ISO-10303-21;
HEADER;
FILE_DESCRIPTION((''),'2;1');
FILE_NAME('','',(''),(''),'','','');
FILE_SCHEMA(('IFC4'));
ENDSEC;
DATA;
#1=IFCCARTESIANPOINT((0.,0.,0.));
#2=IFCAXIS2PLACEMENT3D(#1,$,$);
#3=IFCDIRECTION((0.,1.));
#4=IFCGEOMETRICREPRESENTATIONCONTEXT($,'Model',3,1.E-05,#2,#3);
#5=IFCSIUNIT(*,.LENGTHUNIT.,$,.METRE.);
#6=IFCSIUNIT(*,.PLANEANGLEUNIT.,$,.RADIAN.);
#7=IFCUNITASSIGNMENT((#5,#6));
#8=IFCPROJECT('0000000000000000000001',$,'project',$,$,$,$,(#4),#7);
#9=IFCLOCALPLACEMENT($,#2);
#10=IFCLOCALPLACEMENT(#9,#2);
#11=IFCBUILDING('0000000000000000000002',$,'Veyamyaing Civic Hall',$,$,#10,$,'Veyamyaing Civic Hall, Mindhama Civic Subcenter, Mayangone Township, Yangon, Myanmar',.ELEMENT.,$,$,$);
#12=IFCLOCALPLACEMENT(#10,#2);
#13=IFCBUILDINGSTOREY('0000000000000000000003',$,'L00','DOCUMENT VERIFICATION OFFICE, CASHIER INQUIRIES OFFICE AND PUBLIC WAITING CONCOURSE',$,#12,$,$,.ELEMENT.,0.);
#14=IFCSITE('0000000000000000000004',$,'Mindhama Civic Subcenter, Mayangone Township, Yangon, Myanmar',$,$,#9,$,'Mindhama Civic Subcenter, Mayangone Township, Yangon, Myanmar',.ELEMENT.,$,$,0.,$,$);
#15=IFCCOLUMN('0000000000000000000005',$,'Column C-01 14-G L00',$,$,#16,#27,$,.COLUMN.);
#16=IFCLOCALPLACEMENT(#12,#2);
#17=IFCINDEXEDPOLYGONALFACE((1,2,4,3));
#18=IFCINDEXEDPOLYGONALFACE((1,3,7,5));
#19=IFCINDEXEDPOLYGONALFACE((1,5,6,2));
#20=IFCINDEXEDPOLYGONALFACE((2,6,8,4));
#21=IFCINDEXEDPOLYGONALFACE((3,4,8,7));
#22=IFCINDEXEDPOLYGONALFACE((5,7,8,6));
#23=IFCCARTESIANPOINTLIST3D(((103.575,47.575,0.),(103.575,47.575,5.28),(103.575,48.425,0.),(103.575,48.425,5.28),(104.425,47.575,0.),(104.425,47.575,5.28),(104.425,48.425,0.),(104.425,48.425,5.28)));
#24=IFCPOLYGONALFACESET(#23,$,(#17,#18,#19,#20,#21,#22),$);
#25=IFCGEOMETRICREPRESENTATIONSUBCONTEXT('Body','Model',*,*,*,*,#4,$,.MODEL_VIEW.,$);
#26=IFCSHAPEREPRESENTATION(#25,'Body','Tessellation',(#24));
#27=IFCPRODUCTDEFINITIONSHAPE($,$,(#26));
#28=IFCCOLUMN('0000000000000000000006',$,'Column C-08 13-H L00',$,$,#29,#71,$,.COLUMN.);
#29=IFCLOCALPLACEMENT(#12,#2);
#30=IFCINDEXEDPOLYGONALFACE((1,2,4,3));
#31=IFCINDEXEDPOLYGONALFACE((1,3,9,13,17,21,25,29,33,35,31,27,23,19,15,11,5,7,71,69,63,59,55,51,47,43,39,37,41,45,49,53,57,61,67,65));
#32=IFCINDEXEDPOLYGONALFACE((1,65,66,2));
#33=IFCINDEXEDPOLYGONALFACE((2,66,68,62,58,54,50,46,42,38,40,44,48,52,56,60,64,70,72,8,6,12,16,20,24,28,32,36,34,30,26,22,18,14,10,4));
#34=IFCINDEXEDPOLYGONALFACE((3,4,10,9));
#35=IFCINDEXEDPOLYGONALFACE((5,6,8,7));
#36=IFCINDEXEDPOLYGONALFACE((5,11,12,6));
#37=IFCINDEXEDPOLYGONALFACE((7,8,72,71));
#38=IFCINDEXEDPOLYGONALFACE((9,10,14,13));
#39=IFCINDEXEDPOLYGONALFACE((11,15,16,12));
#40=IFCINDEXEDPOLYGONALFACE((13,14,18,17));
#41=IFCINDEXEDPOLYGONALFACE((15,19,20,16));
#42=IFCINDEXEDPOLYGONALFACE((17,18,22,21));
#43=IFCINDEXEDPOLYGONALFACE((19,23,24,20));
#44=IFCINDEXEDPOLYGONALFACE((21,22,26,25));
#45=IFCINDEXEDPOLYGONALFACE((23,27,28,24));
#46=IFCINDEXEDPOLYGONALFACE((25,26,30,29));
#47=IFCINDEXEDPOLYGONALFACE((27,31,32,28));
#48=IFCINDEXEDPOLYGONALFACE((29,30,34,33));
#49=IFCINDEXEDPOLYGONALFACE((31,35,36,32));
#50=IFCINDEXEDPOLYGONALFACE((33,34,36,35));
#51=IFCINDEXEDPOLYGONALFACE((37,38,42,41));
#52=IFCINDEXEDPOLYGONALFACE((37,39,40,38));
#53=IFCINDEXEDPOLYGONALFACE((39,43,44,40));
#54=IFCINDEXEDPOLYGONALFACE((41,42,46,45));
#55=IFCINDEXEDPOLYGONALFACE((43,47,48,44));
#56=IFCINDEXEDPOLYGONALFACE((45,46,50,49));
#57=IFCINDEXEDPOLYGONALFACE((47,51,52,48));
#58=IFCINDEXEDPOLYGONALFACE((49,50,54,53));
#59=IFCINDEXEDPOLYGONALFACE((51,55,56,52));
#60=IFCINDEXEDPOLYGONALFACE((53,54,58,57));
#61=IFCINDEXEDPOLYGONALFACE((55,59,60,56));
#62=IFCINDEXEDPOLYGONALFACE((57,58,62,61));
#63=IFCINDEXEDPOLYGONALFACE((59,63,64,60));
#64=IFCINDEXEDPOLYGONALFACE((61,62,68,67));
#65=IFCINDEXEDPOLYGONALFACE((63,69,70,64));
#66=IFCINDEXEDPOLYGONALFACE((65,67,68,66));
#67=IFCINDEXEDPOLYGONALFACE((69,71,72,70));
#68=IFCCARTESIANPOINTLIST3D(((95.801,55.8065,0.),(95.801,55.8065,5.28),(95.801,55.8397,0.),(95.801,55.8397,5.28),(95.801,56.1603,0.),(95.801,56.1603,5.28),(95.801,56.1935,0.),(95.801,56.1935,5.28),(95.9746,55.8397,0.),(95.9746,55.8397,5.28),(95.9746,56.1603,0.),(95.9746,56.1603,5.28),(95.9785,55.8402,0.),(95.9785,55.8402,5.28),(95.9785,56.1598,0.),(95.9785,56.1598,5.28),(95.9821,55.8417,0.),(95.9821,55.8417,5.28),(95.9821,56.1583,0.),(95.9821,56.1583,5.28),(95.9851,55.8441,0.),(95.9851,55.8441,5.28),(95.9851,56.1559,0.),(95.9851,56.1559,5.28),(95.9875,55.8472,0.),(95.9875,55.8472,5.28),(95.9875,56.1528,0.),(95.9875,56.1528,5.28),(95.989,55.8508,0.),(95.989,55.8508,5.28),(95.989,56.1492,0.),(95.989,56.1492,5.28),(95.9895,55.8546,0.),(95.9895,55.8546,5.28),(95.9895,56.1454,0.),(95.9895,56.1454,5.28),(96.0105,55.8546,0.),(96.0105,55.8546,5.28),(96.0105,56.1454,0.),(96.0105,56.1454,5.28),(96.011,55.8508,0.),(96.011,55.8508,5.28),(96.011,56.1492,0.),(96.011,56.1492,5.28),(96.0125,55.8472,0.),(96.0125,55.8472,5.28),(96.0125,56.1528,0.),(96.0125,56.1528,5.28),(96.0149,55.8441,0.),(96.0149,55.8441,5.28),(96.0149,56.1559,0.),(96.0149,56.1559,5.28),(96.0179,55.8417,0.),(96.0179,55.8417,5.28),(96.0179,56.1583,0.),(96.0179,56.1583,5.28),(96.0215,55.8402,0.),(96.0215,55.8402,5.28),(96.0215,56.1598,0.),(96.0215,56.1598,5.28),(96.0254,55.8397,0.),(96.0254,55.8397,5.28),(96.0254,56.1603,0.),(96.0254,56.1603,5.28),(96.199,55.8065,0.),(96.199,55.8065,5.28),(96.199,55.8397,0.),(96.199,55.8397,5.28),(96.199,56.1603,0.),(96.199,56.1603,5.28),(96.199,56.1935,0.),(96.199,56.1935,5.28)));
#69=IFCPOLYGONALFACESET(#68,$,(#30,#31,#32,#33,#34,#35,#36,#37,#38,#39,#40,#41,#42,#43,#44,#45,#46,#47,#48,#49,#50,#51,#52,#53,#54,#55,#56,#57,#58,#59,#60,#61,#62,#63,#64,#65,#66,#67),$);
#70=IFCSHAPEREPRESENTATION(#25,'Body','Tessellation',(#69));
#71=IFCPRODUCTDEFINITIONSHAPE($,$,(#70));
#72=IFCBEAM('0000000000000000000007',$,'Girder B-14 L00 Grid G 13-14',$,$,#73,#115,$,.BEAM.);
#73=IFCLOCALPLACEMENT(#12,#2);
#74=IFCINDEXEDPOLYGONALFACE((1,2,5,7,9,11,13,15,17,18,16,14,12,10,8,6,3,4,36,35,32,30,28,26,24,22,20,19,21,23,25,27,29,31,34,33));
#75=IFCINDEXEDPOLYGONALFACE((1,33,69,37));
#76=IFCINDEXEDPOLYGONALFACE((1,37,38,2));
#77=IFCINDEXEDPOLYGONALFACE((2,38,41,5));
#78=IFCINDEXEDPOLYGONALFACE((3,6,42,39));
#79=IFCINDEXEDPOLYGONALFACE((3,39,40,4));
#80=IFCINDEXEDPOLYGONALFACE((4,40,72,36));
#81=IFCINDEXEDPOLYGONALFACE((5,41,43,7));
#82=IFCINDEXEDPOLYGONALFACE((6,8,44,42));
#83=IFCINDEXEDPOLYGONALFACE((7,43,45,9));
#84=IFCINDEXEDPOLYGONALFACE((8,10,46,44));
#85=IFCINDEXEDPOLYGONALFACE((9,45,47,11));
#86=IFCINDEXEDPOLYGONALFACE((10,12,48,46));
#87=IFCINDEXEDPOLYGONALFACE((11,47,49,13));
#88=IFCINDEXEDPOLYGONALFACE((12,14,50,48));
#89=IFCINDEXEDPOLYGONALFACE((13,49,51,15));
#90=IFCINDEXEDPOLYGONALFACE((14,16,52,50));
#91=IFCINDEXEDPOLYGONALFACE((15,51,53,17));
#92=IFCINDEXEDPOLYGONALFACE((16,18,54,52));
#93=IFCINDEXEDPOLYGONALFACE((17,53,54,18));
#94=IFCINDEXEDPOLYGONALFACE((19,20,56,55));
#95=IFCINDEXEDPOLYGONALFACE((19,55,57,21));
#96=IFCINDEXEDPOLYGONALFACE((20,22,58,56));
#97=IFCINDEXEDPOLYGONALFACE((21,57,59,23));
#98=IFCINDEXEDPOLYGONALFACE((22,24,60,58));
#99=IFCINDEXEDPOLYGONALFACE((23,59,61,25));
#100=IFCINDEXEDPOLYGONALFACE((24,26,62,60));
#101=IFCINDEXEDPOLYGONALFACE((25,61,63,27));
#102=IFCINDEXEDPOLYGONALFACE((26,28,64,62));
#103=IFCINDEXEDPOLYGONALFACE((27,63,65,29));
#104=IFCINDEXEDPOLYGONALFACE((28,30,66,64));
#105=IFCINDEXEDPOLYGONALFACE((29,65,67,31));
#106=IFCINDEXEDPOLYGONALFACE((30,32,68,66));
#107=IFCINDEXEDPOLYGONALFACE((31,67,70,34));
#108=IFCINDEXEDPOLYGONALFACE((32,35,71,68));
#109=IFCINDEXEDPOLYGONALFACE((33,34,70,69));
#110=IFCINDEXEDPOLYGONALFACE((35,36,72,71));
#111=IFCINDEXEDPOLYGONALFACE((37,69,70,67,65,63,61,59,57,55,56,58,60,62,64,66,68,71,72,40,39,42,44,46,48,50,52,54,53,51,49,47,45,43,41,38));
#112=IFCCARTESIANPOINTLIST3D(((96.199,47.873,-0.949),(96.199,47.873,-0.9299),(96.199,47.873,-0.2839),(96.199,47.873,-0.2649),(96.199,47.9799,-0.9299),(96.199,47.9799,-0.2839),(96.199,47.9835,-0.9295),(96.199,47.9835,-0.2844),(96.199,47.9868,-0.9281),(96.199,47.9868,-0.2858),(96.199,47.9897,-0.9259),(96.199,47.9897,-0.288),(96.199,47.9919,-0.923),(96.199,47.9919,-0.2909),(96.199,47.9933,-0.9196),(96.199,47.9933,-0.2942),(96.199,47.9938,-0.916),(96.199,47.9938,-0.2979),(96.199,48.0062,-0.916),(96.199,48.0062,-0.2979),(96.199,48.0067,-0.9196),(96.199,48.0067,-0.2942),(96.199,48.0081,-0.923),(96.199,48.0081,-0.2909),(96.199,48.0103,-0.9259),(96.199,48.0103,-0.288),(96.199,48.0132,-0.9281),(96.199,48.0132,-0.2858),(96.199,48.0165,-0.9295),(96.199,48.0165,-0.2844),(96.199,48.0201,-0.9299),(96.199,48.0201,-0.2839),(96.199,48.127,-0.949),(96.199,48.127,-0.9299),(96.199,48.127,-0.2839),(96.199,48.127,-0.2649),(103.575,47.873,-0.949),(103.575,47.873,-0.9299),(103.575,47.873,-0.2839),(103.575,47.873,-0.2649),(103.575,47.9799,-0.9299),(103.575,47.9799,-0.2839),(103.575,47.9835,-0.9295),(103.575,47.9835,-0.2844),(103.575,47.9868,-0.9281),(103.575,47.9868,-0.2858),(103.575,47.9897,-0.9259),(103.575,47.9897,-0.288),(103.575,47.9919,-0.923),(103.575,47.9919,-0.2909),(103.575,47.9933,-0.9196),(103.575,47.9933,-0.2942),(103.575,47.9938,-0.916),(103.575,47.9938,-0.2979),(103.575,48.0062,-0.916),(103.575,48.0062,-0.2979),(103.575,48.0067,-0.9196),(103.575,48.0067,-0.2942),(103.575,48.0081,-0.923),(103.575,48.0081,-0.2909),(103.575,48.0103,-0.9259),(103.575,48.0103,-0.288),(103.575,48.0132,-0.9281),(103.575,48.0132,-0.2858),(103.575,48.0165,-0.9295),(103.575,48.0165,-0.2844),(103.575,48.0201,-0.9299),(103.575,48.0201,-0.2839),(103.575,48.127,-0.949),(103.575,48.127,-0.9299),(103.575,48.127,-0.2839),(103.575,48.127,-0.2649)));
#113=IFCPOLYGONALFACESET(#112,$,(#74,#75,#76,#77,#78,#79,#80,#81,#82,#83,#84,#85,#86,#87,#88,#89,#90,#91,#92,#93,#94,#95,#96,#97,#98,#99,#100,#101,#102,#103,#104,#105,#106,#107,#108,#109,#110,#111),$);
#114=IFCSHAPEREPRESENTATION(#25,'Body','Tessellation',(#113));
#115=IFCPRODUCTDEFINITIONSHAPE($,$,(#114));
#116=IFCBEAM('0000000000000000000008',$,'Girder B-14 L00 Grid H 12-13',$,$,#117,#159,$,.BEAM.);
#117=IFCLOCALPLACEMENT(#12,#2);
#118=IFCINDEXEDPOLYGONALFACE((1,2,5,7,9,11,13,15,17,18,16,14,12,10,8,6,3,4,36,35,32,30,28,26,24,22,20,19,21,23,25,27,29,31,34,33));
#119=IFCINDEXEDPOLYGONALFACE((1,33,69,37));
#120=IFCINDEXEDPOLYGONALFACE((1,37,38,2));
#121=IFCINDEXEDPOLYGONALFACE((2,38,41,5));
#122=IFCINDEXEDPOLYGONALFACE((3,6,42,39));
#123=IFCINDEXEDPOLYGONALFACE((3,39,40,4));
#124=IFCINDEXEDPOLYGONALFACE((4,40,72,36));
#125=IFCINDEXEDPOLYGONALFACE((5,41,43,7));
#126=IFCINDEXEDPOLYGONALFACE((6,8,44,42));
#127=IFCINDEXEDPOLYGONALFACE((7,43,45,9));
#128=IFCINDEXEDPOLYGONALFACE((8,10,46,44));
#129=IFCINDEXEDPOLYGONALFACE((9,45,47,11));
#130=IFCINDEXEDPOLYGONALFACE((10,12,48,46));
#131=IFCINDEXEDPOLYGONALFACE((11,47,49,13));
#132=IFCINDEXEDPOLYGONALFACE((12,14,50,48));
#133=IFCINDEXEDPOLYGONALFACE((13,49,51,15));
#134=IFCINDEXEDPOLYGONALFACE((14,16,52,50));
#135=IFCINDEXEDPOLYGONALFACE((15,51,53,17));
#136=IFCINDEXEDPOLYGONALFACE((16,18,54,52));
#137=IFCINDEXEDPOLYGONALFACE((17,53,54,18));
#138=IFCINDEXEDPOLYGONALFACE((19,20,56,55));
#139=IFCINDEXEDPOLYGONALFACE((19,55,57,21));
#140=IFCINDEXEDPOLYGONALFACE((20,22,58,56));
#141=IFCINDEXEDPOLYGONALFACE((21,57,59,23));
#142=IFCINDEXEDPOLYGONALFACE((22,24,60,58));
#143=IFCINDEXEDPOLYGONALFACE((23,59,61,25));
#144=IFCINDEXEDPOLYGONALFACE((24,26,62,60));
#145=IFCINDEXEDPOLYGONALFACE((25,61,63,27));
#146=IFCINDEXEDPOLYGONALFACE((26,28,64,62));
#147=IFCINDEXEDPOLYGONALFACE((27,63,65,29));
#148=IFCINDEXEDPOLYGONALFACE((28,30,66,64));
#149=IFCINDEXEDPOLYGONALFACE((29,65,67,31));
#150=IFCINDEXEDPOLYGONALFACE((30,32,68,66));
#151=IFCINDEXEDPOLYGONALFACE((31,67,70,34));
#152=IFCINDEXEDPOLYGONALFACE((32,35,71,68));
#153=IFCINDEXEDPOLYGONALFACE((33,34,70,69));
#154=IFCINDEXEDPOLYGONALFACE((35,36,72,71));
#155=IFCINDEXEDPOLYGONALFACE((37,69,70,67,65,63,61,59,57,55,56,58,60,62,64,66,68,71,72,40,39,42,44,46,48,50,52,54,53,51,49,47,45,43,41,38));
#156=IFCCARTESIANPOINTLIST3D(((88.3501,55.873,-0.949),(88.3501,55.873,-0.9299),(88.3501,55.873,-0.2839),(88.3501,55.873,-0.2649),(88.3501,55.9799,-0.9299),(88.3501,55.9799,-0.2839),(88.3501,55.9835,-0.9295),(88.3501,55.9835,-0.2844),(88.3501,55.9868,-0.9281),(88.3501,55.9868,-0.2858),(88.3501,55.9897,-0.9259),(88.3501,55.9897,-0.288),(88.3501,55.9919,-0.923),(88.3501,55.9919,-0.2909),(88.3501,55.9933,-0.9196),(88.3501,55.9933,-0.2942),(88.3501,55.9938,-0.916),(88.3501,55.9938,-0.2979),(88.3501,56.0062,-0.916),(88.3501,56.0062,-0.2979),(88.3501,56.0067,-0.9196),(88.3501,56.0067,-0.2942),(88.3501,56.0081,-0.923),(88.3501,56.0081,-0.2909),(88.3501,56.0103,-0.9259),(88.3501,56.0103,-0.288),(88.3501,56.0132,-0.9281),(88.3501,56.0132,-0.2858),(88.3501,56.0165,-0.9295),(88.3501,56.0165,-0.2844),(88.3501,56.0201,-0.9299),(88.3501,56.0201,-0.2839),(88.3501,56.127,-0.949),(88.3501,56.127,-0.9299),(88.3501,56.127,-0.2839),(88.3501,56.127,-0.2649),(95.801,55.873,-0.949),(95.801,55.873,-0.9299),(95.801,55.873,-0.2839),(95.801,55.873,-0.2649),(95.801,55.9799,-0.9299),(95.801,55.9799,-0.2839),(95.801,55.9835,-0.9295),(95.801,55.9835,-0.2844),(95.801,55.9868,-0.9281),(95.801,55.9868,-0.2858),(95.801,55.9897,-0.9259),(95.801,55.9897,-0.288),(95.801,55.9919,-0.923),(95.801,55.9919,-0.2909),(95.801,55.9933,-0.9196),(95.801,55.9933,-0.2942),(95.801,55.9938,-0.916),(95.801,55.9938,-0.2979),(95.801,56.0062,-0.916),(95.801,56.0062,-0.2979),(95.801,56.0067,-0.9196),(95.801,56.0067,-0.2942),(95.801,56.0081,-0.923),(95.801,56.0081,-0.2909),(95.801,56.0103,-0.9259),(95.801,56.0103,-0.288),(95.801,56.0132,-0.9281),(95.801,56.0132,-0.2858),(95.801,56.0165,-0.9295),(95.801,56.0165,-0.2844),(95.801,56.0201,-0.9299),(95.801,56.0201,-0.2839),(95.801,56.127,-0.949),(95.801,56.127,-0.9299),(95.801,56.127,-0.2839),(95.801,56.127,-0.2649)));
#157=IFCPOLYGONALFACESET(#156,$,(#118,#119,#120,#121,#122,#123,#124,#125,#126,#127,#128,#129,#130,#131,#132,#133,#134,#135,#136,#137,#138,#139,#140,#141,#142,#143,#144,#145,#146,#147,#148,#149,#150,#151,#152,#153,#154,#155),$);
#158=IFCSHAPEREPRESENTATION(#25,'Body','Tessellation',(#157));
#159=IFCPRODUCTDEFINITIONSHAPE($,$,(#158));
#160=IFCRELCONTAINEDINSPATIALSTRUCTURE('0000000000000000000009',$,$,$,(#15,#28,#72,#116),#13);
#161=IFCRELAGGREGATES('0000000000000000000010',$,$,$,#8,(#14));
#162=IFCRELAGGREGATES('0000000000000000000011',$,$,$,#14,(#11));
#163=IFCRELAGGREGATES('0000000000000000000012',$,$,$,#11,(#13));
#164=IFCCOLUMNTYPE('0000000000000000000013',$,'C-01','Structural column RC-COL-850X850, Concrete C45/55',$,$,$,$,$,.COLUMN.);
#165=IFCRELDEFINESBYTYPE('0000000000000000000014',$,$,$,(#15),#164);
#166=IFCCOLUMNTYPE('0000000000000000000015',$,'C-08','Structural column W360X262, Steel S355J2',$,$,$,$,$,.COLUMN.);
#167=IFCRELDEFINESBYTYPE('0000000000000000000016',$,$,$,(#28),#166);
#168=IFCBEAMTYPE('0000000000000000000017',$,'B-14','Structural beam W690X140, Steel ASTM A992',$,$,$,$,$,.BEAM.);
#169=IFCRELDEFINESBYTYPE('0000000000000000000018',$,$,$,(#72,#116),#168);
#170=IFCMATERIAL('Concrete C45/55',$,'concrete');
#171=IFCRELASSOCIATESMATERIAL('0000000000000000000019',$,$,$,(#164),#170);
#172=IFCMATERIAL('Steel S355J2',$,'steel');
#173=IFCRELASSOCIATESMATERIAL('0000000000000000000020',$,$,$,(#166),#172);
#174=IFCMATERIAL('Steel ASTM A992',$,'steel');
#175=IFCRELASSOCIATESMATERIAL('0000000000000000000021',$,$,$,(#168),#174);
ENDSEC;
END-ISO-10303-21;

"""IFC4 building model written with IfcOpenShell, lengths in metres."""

from ifc_helpers import new_model, si_unit, direction, frame, origin, origin_2d, place, context, subcontext, project, spatial, rectangle, i_section, extrude, material, material_profile, profile_set, type_object, element, save


model = new_model("IFC4")

# Units and contexts
model_context = context("Model", 3, precision=1e-05, world=origin(), true_north=direction((0.0, 1.0)))
body_context = subcontext(model_context, "Body", "Model", "MODEL_VIEW")
ifc_project = project(units=[si_unit("LENGTHUNIT", "METRE"), si_unit("PLANEANGLEUNIT", "RADIAN")], contexts=[model_context])

# Site, building, storey
site_placement = place(None, origin())
site = spatial("IfcSite", under=ifc_project, at=site_placement, Name="Mindhama Civic Subcenter, Mayangone Township, Yangon, Myanmar", LongName="Mindhama Civic Subcenter, Mayangone Township, Yangon, Myanmar", CompositionType="ELEMENT", RefElevation=0.0)
building_placement = place(site_placement, origin())
building = spatial("IfcBuilding", under=site, at=building_placement, Name="Veyamyaing Civic Hall", LongName="Veyamyaing Civic Hall, Mindhama Civic Subcenter, Mayangone Township, Yangon, Myanmar", CompositionType="ELEMENT")
storey_placement = place(building_placement, origin())
storey = spatial("IfcBuildingStorey", under=building, at=storey_placement, Name="L00", Description="DOCUMENT VERIFICATION OFFICE, CASHIER INQUIRIES OFFICE AND PUBLIC WAITING CONCOURSE", CompositionType="ELEMENT", Elevation=0.0)

# Columns
ifc_material_1 = material(Name="Concrete C45/55", Category="concrete")
ifc_material_profile_1 = material_profile(ifc_material_1, rectangle(XDim=0.8501, YDim=0.8501, at=origin_2d()), Name="RC-COL-850X850")
ifc_profile_set_1 = profile_set([ifc_material_profile_1], Name="Concrete C45/55")
column_type_1 = type_object("IfcColumnType", Name="C-01", Description="Structural column RC-COL-850X850, Concrete C45/55", PredefinedType="COLUMN", material=ifc_profile_set_1)
column_1_placement = place(storey_placement, frame((104.0, 48.0, 0.0), z_axis=(0.0, 0.0, 1.0), x_axis=(1.0, 0.0, 0.0)))
element("IfcColumn", 1, at=column_1_placement, inside=storey, type_object=column_type_1, Name="Column C-01 14-G L00", PredefinedType="COLUMN", context=body_context, shape_type="SweptSolid", body=[
    extrude(rectangle(XDim=0.8501, YDim=0.8501, at=origin_2d()), origin(), (0.0, 0.0, 1.0), 5.28),
])
ifc_material_2 = material(Name="Steel S355J2", Category="steel")
ifc_material_profile_2 = material_profile(ifc_material_2, i_section(OverallWidth=0.3979, OverallDepth=0.387, WebThickness=0.021, FlangeThickness=0.0332, FilletRadius=0.0149, at=origin_2d()), Name="W360X262")
ifc_profile_set_2 = profile_set([ifc_material_profile_2], Name="Steel S355J2")
column_type_2 = type_object("IfcColumnType", Name="C-08", Description="Structural column W360X262, Steel S355J2", PredefinedType="COLUMN", material=ifc_profile_set_2)
column_2_placement = place(storey_placement, frame((96.0, 56.0, 0.0), z_axis=(0.0, 0.0, 1.0), x_axis=(1.0, 0.0, 0.0)))
element("IfcColumn", 2, at=column_2_placement, inside=storey, type_object=column_type_2, Name="Column C-08 13-H L00", PredefinedType="COLUMN", context=body_context, shape_type="SweptSolid", body=[
    extrude(i_section(OverallWidth=0.3979, OverallDepth=0.387, WebThickness=0.021, FlangeThickness=0.0332, FilletRadius=0.0149, at=origin_2d()), origin(), (0.0, 0.0, 1.0), 5.28),
])

# Beams
ifc_material_3 = material(Name="Steel ASTM A992", Category="steel")
ifc_material_profile_3 = material_profile(ifc_material_3, i_section(OverallWidth=0.2539, OverallDepth=0.6841, WebThickness=0.0125, FlangeThickness=0.019, FilletRadius=0.0139, at=origin_2d()), Name="W690X140")
ifc_profile_set_3 = profile_set([ifc_material_profile_3], Name="Steel ASTM A992")
beam_type_1 = type_object("IfcBeamType", Name="B-14", Description="Structural beam W690X140, Steel ASTM A992", PredefinedType="BEAM", material=ifc_profile_set_3)
beam_1_placement = place(storey_placement, frame((96.199, 48.0, -0.6069), z_axis=(1.0, 0.0, 0.0), x_axis=(0.0, 1.0, 0.0)))
element("IfcBeam", 3, at=beam_1_placement, inside=storey, type_object=beam_type_1, Name="Girder B-14 L00 Grid G 13-14", PredefinedType="BEAM", context=body_context, shape_type="SweptSolid", body=[
    extrude(i_section(OverallWidth=0.2539, OverallDepth=0.6841, WebThickness=0.0125, FlangeThickness=0.019, FilletRadius=0.0139, at=origin_2d()), origin(), (0.0, 0.0, 1.0), 7.376),
])
beam_2_placement = place(storey_placement, frame((88.3501, 56.0, -0.6069), z_axis=(1.0, 0.0, 0.0), x_axis=(0.0, 1.0, 0.0)))
element("IfcBeam", 4, at=beam_2_placement, inside=storey, type_object=beam_type_1, Name="Girder B-14 L00 Grid H 12-13", PredefinedType="BEAM", context=body_context, shape_type="SweptSolid", body=[
    extrude(i_section(OverallWidth=0.2539, OverallDepth=0.6841, WebThickness=0.0125, FlangeThickness=0.019, FilletRadius=0.0139, at=origin_2d()), origin(), (0.0, 0.0, 1.0), 7.4509),
])

save(model, "model.ifc")
